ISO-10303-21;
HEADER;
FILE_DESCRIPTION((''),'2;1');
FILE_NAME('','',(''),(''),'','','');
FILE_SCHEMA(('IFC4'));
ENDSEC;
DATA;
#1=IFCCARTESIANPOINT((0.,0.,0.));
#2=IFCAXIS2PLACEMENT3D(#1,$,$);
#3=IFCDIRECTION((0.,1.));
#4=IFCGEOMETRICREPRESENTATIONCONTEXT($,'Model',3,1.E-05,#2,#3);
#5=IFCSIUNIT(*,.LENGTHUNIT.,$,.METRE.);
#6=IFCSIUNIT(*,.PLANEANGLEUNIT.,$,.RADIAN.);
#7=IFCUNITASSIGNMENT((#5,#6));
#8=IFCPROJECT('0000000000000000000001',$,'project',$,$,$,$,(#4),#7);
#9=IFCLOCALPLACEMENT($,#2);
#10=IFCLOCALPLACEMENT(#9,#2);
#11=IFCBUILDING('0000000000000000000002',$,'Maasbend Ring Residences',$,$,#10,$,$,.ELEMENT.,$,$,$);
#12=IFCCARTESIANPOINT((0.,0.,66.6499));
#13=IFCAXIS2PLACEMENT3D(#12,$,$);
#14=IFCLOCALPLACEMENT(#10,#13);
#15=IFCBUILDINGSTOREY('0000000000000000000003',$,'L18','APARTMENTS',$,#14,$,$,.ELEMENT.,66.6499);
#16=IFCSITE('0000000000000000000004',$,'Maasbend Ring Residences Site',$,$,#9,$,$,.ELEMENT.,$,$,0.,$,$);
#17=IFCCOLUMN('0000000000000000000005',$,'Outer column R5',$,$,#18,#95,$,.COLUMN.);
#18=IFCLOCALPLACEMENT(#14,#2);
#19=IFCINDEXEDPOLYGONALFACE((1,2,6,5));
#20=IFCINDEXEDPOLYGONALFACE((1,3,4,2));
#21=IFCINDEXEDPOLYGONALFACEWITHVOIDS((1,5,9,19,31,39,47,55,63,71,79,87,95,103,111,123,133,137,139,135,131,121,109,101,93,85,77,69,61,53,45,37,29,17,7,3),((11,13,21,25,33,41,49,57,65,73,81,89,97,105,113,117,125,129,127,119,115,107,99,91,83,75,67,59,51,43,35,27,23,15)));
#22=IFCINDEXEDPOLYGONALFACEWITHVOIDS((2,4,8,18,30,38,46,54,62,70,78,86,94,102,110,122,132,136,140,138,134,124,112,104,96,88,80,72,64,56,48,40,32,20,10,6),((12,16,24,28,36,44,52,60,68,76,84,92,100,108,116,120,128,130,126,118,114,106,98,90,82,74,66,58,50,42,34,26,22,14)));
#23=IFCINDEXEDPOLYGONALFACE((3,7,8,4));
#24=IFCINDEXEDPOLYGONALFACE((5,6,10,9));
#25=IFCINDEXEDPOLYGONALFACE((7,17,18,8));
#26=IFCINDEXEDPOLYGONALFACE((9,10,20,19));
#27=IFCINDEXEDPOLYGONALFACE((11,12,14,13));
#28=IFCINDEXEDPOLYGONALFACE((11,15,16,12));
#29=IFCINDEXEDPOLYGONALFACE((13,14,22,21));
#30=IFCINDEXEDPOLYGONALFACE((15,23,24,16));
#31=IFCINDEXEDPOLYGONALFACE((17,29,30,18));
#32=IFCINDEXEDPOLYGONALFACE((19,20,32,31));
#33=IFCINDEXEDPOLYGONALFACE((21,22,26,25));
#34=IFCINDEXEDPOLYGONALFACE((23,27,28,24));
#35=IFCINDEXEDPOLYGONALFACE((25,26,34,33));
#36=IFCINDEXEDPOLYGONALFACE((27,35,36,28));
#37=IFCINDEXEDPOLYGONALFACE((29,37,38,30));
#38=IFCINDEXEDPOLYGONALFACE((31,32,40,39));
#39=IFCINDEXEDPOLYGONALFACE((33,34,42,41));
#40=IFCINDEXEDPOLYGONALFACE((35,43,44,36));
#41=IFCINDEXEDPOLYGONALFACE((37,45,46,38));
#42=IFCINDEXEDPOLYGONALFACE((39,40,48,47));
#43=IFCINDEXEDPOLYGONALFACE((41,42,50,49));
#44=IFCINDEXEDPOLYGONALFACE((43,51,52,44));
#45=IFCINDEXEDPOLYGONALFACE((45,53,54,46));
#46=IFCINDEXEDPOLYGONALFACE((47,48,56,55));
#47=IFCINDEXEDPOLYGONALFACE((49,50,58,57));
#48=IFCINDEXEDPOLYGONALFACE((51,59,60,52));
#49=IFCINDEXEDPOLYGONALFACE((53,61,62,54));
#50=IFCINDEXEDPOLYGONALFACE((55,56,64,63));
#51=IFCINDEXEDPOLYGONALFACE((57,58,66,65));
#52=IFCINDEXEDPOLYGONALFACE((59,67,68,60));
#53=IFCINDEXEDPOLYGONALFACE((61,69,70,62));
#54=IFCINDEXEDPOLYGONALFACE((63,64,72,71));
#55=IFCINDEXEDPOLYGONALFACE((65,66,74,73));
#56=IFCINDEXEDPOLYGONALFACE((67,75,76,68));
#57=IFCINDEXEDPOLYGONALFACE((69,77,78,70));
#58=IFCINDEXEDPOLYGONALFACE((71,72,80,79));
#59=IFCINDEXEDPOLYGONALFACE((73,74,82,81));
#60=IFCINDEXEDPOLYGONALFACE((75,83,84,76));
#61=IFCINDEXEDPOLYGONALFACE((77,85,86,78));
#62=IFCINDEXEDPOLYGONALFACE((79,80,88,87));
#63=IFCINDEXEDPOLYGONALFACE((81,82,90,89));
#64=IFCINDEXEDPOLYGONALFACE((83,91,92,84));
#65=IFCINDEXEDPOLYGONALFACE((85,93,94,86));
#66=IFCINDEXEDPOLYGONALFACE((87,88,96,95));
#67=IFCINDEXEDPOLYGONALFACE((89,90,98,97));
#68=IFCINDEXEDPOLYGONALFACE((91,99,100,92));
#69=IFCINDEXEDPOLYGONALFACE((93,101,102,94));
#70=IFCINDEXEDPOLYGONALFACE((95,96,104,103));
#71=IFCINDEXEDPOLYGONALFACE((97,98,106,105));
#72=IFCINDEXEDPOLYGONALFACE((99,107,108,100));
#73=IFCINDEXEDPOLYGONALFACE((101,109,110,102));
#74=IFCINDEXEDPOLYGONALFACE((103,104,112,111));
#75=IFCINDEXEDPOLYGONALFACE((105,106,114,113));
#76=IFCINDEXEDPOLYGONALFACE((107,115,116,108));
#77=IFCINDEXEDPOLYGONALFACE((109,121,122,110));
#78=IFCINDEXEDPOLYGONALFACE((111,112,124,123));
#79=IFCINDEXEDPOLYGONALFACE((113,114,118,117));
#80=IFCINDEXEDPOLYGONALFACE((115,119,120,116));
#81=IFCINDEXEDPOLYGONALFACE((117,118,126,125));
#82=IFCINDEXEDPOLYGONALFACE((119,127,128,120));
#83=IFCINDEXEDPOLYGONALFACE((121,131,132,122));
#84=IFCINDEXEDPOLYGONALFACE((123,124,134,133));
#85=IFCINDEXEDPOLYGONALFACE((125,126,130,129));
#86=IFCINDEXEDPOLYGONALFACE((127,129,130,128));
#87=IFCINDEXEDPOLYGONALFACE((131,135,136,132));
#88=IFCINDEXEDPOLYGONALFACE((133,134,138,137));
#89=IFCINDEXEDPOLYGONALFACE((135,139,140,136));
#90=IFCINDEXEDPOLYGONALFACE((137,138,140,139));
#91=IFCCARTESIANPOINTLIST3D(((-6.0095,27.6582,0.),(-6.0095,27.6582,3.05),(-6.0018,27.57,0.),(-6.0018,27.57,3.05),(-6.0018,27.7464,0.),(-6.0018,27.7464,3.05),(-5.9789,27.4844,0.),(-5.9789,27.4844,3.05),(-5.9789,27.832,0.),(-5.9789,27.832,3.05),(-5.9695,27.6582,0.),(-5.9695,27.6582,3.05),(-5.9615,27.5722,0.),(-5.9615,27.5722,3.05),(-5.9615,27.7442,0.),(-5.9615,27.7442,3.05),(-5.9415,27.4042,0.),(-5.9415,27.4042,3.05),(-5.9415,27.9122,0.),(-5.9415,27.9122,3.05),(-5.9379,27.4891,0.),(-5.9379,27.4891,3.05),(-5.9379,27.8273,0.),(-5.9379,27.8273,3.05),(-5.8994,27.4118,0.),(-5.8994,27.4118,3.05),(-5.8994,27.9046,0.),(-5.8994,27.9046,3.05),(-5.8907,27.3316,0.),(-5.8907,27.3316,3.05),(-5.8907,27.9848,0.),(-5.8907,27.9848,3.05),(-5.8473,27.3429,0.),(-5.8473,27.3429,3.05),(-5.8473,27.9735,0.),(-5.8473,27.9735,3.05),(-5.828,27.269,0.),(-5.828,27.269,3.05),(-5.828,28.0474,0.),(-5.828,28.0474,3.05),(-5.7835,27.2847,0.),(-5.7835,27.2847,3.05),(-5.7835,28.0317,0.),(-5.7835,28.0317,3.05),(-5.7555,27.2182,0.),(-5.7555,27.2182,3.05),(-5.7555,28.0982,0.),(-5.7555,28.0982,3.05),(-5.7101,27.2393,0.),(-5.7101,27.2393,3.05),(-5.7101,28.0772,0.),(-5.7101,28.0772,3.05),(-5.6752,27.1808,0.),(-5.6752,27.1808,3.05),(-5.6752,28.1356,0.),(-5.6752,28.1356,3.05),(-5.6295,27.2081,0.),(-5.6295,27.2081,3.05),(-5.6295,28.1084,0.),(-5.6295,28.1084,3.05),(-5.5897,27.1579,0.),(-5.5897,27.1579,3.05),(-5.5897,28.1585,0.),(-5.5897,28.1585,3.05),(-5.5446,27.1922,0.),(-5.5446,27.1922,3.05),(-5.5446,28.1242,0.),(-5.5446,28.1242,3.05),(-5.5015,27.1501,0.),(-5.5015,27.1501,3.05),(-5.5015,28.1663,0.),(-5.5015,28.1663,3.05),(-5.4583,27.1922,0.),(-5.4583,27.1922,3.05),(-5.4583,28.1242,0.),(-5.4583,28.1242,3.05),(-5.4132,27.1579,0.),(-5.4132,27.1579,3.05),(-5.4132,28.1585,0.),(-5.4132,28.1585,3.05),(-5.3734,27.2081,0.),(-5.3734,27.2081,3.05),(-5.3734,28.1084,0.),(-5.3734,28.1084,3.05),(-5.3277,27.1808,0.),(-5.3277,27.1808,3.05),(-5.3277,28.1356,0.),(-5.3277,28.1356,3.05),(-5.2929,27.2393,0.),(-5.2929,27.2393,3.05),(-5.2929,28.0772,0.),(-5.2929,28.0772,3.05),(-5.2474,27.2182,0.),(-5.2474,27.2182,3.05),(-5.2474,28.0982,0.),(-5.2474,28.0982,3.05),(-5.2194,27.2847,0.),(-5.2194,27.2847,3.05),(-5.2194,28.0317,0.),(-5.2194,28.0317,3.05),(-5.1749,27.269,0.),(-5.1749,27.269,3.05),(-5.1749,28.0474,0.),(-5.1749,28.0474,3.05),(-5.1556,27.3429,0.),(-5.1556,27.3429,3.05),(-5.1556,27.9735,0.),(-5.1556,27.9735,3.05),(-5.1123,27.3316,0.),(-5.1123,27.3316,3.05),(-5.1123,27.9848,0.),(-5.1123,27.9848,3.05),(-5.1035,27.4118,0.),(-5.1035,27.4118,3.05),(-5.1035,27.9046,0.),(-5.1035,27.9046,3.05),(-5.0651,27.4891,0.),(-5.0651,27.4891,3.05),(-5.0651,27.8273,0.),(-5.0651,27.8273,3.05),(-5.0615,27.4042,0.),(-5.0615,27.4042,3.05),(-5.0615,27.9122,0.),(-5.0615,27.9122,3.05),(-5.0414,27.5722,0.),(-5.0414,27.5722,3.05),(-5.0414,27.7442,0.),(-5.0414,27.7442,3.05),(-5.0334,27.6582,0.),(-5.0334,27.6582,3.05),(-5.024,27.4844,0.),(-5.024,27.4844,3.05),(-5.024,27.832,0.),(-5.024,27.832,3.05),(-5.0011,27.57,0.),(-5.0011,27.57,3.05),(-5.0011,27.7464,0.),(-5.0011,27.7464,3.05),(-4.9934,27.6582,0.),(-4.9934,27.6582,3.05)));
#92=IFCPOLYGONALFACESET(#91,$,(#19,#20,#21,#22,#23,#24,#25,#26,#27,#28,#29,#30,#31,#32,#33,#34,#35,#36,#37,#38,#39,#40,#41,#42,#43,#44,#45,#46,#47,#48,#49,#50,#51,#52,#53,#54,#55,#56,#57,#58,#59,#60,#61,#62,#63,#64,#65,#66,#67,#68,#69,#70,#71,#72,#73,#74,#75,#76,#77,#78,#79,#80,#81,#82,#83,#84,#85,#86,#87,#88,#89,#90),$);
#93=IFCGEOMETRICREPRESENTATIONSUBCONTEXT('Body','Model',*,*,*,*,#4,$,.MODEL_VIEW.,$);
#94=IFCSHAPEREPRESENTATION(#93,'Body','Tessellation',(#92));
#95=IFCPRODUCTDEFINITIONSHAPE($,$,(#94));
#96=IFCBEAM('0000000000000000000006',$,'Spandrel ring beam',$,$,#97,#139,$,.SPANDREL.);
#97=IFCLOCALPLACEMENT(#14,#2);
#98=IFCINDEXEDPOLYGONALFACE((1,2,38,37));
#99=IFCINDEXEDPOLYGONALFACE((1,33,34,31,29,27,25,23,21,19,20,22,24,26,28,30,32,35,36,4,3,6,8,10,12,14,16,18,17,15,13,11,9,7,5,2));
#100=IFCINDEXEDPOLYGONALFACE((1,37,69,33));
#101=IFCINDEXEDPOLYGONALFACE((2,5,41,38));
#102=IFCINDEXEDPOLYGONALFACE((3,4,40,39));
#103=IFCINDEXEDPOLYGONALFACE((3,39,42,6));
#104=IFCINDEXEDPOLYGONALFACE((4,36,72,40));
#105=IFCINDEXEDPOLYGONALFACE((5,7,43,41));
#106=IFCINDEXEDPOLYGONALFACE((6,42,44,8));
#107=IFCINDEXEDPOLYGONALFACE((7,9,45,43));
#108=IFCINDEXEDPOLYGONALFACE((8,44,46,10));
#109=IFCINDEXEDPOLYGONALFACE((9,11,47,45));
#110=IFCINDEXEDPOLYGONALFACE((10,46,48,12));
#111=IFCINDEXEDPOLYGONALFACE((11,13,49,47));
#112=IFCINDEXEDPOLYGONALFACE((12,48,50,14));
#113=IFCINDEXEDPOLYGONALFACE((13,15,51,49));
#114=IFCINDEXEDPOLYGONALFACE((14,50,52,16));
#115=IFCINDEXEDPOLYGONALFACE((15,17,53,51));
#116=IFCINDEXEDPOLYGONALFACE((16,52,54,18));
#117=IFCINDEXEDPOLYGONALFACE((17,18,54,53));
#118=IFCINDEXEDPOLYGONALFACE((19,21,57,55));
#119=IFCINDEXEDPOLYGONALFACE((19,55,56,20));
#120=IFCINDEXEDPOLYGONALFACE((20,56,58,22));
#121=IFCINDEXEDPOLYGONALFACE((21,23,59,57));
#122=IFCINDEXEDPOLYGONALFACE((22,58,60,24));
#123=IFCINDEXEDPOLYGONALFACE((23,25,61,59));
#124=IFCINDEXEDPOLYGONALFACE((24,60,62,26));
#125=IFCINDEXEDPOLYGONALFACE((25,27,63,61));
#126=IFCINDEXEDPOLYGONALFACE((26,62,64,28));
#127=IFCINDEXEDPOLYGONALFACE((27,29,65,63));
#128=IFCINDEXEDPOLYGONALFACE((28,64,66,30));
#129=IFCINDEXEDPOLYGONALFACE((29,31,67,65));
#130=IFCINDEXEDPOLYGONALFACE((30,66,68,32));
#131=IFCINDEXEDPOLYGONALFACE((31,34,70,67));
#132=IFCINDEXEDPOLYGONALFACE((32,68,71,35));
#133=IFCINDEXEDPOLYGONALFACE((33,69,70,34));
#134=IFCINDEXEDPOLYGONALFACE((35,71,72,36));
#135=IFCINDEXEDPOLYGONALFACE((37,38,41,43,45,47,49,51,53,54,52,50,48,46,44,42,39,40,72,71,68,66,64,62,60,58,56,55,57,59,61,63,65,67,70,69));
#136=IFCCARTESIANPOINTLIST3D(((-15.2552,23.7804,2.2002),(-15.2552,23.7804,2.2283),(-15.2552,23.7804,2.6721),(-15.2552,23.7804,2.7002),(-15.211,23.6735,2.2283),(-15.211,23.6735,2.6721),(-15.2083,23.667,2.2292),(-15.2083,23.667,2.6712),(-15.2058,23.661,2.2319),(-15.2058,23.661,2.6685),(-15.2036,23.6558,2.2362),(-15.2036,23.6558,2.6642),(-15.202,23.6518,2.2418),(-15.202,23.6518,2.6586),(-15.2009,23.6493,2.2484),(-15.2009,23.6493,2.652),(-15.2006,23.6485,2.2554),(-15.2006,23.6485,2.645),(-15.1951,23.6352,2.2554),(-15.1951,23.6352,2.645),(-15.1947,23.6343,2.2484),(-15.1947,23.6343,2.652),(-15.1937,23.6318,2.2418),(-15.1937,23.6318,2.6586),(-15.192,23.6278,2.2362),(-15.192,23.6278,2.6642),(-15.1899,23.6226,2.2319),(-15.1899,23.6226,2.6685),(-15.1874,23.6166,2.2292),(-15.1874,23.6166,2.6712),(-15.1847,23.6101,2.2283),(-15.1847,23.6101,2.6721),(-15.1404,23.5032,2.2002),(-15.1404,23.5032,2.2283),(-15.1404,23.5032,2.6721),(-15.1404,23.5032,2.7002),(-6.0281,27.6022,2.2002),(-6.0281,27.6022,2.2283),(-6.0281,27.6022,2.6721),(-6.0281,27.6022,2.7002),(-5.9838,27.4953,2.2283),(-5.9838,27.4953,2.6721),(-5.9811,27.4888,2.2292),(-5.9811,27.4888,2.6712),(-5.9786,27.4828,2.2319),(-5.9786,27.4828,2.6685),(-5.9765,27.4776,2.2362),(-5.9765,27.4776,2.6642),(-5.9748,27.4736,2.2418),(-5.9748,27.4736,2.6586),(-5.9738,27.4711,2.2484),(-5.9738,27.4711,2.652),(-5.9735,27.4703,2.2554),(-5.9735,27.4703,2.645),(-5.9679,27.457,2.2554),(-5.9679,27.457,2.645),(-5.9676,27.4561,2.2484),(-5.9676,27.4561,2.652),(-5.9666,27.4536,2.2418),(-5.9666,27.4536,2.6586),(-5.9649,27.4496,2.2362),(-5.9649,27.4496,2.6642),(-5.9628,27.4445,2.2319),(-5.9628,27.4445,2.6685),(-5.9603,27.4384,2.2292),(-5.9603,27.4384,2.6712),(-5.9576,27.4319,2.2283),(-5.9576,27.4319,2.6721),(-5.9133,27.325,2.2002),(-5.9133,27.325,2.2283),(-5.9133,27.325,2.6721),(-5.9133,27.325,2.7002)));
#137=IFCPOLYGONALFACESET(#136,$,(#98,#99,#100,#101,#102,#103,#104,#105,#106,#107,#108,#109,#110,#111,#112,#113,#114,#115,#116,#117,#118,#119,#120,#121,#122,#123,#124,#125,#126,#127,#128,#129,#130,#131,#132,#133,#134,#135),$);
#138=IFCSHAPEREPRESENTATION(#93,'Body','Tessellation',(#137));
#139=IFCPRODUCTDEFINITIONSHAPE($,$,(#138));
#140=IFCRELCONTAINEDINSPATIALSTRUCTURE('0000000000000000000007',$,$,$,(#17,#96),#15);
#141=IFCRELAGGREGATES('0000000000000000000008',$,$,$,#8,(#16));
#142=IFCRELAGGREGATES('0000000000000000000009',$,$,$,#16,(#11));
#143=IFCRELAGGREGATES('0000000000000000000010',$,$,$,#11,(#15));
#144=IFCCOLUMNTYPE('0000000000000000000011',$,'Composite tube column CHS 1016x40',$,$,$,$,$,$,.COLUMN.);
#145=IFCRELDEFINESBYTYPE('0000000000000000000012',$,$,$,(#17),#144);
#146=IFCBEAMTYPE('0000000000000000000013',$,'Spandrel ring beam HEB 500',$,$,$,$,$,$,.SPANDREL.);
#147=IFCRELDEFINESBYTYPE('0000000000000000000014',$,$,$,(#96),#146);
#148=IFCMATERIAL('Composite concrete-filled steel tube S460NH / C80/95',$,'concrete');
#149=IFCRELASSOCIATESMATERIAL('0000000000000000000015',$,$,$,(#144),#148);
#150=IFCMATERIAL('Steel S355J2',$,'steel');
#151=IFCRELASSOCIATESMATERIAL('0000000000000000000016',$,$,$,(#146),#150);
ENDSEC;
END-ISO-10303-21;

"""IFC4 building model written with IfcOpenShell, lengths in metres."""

from ifc_helpers import new_model, si_unit, direction, frame, origin, origin_2d, place, context, subcontext, project, spatial, hollow_circle, i_section, extrude, material, material_profile, profile_set, type_object, element, save


model = new_model("IFC4")

# Units and contexts
model_context = context("Model", 3, precision=1e-05, world=origin(), true_north=direction((0.0, 1.0)))
body_context = subcontext(model_context, "Body", "Model", "MODEL_VIEW")
ifc_project = project(units=[si_unit("LENGTHUNIT", "METRE"), si_unit("PLANEANGLEUNIT", "RADIAN")], contexts=[model_context])

# Site, building, storey
site_placement = place(None, origin())
site = spatial("IfcSite", under=ifc_project, at=site_placement, Name="Maasbend Ring Residences Site", CompositionType="ELEMENT", RefElevation=0.0)
building_placement = place(site_placement, origin())
building = spatial("IfcBuilding", under=site, at=building_placement, Name="Maasbend Ring Residences", CompositionType="ELEMENT")
storey_placement = place(building_placement, frame((0.0, 0.0, 66.6499)))
storey = spatial("IfcBuildingStorey", under=building, at=storey_placement, Name="L18", Description="APARTMENTS", CompositionType="ELEMENT", Elevation=66.6499)

# Column
ifc_material_1 = material(Name="Composite concrete-filled steel tube S460NH / C80/95", Category="concrete")
ifc_material_profile_1 = material_profile(ifc_material_1, hollow_circle(Radius=0.5081, WallThickness=0.04, at=origin_2d()), Name="Composite tube column CHS 1016x40")
ifc_profile_set_1 = profile_set([ifc_material_profile_1], Name="Composite concrete-filled steel tube S460NH / C80/95")
column_type = type_object("IfcColumnType", Name="Composite tube column CHS 1016x40", PredefinedType="COLUMN", material=ifc_profile_set_1)
column_placement = place(storey_placement, frame((-5.5015, 27.6582, 0.0), z_axis=(0.0, 0.0, 1.0), x_axis=(1.0, 0.0, 0.0)))
element("IfcColumn", 1, at=column_placement, inside=storey, type_object=column_type, Name="Outer column R5", PredefinedType="COLUMN", context=body_context, shape_type="SweptSolid", body=[
    extrude(hollow_circle(Radius=0.5081, WallThickness=0.04, at=origin_2d()), origin(), (0.0, 0.0, 1.0), 3.05),
])

# Beam
ifc_material_2 = material(Name="Steel S355J2", Category="steel")
ifc_material_profile_2 = material_profile(ifc_material_2, i_section(OverallWidth=0.3, OverallDepth=0.5, WebThickness=0.0144, FlangeThickness=0.0281, FilletRadius=0.0271, at=origin_2d()), Name="HEB 500")
ifc_profile_set_2 = profile_set([ifc_material_profile_2], Name="Steel S355J2")
beam_type = type_object("IfcBeamType", Name="Spandrel ring beam HEB 500", PredefinedType="SPANDREL", material=ifc_profile_set_2)
beam_placement = place(storey_placement, frame((-5.9707, 27.4636, 2.4502), z_axis=(-0.923886, -0.382667, 0.0), x_axis=(0.382667, -0.923886, 0.0)))
element("IfcBeam", 2, at=beam_placement, inside=storey, type_object=beam_type, Name="Spandrel ring beam", PredefinedType="SPANDREL", context=body_context, shape_type="SweptSolid", body=[
    extrude(i_section(OverallWidth=0.3, OverallDepth=0.5, WebThickness=0.0144, FlangeThickness=0.0281, FilletRadius=0.0271, at=origin_2d()), origin(), (0.0, 0.0, 1.0), 9.9873),
])

save(model, "model.ifc")
